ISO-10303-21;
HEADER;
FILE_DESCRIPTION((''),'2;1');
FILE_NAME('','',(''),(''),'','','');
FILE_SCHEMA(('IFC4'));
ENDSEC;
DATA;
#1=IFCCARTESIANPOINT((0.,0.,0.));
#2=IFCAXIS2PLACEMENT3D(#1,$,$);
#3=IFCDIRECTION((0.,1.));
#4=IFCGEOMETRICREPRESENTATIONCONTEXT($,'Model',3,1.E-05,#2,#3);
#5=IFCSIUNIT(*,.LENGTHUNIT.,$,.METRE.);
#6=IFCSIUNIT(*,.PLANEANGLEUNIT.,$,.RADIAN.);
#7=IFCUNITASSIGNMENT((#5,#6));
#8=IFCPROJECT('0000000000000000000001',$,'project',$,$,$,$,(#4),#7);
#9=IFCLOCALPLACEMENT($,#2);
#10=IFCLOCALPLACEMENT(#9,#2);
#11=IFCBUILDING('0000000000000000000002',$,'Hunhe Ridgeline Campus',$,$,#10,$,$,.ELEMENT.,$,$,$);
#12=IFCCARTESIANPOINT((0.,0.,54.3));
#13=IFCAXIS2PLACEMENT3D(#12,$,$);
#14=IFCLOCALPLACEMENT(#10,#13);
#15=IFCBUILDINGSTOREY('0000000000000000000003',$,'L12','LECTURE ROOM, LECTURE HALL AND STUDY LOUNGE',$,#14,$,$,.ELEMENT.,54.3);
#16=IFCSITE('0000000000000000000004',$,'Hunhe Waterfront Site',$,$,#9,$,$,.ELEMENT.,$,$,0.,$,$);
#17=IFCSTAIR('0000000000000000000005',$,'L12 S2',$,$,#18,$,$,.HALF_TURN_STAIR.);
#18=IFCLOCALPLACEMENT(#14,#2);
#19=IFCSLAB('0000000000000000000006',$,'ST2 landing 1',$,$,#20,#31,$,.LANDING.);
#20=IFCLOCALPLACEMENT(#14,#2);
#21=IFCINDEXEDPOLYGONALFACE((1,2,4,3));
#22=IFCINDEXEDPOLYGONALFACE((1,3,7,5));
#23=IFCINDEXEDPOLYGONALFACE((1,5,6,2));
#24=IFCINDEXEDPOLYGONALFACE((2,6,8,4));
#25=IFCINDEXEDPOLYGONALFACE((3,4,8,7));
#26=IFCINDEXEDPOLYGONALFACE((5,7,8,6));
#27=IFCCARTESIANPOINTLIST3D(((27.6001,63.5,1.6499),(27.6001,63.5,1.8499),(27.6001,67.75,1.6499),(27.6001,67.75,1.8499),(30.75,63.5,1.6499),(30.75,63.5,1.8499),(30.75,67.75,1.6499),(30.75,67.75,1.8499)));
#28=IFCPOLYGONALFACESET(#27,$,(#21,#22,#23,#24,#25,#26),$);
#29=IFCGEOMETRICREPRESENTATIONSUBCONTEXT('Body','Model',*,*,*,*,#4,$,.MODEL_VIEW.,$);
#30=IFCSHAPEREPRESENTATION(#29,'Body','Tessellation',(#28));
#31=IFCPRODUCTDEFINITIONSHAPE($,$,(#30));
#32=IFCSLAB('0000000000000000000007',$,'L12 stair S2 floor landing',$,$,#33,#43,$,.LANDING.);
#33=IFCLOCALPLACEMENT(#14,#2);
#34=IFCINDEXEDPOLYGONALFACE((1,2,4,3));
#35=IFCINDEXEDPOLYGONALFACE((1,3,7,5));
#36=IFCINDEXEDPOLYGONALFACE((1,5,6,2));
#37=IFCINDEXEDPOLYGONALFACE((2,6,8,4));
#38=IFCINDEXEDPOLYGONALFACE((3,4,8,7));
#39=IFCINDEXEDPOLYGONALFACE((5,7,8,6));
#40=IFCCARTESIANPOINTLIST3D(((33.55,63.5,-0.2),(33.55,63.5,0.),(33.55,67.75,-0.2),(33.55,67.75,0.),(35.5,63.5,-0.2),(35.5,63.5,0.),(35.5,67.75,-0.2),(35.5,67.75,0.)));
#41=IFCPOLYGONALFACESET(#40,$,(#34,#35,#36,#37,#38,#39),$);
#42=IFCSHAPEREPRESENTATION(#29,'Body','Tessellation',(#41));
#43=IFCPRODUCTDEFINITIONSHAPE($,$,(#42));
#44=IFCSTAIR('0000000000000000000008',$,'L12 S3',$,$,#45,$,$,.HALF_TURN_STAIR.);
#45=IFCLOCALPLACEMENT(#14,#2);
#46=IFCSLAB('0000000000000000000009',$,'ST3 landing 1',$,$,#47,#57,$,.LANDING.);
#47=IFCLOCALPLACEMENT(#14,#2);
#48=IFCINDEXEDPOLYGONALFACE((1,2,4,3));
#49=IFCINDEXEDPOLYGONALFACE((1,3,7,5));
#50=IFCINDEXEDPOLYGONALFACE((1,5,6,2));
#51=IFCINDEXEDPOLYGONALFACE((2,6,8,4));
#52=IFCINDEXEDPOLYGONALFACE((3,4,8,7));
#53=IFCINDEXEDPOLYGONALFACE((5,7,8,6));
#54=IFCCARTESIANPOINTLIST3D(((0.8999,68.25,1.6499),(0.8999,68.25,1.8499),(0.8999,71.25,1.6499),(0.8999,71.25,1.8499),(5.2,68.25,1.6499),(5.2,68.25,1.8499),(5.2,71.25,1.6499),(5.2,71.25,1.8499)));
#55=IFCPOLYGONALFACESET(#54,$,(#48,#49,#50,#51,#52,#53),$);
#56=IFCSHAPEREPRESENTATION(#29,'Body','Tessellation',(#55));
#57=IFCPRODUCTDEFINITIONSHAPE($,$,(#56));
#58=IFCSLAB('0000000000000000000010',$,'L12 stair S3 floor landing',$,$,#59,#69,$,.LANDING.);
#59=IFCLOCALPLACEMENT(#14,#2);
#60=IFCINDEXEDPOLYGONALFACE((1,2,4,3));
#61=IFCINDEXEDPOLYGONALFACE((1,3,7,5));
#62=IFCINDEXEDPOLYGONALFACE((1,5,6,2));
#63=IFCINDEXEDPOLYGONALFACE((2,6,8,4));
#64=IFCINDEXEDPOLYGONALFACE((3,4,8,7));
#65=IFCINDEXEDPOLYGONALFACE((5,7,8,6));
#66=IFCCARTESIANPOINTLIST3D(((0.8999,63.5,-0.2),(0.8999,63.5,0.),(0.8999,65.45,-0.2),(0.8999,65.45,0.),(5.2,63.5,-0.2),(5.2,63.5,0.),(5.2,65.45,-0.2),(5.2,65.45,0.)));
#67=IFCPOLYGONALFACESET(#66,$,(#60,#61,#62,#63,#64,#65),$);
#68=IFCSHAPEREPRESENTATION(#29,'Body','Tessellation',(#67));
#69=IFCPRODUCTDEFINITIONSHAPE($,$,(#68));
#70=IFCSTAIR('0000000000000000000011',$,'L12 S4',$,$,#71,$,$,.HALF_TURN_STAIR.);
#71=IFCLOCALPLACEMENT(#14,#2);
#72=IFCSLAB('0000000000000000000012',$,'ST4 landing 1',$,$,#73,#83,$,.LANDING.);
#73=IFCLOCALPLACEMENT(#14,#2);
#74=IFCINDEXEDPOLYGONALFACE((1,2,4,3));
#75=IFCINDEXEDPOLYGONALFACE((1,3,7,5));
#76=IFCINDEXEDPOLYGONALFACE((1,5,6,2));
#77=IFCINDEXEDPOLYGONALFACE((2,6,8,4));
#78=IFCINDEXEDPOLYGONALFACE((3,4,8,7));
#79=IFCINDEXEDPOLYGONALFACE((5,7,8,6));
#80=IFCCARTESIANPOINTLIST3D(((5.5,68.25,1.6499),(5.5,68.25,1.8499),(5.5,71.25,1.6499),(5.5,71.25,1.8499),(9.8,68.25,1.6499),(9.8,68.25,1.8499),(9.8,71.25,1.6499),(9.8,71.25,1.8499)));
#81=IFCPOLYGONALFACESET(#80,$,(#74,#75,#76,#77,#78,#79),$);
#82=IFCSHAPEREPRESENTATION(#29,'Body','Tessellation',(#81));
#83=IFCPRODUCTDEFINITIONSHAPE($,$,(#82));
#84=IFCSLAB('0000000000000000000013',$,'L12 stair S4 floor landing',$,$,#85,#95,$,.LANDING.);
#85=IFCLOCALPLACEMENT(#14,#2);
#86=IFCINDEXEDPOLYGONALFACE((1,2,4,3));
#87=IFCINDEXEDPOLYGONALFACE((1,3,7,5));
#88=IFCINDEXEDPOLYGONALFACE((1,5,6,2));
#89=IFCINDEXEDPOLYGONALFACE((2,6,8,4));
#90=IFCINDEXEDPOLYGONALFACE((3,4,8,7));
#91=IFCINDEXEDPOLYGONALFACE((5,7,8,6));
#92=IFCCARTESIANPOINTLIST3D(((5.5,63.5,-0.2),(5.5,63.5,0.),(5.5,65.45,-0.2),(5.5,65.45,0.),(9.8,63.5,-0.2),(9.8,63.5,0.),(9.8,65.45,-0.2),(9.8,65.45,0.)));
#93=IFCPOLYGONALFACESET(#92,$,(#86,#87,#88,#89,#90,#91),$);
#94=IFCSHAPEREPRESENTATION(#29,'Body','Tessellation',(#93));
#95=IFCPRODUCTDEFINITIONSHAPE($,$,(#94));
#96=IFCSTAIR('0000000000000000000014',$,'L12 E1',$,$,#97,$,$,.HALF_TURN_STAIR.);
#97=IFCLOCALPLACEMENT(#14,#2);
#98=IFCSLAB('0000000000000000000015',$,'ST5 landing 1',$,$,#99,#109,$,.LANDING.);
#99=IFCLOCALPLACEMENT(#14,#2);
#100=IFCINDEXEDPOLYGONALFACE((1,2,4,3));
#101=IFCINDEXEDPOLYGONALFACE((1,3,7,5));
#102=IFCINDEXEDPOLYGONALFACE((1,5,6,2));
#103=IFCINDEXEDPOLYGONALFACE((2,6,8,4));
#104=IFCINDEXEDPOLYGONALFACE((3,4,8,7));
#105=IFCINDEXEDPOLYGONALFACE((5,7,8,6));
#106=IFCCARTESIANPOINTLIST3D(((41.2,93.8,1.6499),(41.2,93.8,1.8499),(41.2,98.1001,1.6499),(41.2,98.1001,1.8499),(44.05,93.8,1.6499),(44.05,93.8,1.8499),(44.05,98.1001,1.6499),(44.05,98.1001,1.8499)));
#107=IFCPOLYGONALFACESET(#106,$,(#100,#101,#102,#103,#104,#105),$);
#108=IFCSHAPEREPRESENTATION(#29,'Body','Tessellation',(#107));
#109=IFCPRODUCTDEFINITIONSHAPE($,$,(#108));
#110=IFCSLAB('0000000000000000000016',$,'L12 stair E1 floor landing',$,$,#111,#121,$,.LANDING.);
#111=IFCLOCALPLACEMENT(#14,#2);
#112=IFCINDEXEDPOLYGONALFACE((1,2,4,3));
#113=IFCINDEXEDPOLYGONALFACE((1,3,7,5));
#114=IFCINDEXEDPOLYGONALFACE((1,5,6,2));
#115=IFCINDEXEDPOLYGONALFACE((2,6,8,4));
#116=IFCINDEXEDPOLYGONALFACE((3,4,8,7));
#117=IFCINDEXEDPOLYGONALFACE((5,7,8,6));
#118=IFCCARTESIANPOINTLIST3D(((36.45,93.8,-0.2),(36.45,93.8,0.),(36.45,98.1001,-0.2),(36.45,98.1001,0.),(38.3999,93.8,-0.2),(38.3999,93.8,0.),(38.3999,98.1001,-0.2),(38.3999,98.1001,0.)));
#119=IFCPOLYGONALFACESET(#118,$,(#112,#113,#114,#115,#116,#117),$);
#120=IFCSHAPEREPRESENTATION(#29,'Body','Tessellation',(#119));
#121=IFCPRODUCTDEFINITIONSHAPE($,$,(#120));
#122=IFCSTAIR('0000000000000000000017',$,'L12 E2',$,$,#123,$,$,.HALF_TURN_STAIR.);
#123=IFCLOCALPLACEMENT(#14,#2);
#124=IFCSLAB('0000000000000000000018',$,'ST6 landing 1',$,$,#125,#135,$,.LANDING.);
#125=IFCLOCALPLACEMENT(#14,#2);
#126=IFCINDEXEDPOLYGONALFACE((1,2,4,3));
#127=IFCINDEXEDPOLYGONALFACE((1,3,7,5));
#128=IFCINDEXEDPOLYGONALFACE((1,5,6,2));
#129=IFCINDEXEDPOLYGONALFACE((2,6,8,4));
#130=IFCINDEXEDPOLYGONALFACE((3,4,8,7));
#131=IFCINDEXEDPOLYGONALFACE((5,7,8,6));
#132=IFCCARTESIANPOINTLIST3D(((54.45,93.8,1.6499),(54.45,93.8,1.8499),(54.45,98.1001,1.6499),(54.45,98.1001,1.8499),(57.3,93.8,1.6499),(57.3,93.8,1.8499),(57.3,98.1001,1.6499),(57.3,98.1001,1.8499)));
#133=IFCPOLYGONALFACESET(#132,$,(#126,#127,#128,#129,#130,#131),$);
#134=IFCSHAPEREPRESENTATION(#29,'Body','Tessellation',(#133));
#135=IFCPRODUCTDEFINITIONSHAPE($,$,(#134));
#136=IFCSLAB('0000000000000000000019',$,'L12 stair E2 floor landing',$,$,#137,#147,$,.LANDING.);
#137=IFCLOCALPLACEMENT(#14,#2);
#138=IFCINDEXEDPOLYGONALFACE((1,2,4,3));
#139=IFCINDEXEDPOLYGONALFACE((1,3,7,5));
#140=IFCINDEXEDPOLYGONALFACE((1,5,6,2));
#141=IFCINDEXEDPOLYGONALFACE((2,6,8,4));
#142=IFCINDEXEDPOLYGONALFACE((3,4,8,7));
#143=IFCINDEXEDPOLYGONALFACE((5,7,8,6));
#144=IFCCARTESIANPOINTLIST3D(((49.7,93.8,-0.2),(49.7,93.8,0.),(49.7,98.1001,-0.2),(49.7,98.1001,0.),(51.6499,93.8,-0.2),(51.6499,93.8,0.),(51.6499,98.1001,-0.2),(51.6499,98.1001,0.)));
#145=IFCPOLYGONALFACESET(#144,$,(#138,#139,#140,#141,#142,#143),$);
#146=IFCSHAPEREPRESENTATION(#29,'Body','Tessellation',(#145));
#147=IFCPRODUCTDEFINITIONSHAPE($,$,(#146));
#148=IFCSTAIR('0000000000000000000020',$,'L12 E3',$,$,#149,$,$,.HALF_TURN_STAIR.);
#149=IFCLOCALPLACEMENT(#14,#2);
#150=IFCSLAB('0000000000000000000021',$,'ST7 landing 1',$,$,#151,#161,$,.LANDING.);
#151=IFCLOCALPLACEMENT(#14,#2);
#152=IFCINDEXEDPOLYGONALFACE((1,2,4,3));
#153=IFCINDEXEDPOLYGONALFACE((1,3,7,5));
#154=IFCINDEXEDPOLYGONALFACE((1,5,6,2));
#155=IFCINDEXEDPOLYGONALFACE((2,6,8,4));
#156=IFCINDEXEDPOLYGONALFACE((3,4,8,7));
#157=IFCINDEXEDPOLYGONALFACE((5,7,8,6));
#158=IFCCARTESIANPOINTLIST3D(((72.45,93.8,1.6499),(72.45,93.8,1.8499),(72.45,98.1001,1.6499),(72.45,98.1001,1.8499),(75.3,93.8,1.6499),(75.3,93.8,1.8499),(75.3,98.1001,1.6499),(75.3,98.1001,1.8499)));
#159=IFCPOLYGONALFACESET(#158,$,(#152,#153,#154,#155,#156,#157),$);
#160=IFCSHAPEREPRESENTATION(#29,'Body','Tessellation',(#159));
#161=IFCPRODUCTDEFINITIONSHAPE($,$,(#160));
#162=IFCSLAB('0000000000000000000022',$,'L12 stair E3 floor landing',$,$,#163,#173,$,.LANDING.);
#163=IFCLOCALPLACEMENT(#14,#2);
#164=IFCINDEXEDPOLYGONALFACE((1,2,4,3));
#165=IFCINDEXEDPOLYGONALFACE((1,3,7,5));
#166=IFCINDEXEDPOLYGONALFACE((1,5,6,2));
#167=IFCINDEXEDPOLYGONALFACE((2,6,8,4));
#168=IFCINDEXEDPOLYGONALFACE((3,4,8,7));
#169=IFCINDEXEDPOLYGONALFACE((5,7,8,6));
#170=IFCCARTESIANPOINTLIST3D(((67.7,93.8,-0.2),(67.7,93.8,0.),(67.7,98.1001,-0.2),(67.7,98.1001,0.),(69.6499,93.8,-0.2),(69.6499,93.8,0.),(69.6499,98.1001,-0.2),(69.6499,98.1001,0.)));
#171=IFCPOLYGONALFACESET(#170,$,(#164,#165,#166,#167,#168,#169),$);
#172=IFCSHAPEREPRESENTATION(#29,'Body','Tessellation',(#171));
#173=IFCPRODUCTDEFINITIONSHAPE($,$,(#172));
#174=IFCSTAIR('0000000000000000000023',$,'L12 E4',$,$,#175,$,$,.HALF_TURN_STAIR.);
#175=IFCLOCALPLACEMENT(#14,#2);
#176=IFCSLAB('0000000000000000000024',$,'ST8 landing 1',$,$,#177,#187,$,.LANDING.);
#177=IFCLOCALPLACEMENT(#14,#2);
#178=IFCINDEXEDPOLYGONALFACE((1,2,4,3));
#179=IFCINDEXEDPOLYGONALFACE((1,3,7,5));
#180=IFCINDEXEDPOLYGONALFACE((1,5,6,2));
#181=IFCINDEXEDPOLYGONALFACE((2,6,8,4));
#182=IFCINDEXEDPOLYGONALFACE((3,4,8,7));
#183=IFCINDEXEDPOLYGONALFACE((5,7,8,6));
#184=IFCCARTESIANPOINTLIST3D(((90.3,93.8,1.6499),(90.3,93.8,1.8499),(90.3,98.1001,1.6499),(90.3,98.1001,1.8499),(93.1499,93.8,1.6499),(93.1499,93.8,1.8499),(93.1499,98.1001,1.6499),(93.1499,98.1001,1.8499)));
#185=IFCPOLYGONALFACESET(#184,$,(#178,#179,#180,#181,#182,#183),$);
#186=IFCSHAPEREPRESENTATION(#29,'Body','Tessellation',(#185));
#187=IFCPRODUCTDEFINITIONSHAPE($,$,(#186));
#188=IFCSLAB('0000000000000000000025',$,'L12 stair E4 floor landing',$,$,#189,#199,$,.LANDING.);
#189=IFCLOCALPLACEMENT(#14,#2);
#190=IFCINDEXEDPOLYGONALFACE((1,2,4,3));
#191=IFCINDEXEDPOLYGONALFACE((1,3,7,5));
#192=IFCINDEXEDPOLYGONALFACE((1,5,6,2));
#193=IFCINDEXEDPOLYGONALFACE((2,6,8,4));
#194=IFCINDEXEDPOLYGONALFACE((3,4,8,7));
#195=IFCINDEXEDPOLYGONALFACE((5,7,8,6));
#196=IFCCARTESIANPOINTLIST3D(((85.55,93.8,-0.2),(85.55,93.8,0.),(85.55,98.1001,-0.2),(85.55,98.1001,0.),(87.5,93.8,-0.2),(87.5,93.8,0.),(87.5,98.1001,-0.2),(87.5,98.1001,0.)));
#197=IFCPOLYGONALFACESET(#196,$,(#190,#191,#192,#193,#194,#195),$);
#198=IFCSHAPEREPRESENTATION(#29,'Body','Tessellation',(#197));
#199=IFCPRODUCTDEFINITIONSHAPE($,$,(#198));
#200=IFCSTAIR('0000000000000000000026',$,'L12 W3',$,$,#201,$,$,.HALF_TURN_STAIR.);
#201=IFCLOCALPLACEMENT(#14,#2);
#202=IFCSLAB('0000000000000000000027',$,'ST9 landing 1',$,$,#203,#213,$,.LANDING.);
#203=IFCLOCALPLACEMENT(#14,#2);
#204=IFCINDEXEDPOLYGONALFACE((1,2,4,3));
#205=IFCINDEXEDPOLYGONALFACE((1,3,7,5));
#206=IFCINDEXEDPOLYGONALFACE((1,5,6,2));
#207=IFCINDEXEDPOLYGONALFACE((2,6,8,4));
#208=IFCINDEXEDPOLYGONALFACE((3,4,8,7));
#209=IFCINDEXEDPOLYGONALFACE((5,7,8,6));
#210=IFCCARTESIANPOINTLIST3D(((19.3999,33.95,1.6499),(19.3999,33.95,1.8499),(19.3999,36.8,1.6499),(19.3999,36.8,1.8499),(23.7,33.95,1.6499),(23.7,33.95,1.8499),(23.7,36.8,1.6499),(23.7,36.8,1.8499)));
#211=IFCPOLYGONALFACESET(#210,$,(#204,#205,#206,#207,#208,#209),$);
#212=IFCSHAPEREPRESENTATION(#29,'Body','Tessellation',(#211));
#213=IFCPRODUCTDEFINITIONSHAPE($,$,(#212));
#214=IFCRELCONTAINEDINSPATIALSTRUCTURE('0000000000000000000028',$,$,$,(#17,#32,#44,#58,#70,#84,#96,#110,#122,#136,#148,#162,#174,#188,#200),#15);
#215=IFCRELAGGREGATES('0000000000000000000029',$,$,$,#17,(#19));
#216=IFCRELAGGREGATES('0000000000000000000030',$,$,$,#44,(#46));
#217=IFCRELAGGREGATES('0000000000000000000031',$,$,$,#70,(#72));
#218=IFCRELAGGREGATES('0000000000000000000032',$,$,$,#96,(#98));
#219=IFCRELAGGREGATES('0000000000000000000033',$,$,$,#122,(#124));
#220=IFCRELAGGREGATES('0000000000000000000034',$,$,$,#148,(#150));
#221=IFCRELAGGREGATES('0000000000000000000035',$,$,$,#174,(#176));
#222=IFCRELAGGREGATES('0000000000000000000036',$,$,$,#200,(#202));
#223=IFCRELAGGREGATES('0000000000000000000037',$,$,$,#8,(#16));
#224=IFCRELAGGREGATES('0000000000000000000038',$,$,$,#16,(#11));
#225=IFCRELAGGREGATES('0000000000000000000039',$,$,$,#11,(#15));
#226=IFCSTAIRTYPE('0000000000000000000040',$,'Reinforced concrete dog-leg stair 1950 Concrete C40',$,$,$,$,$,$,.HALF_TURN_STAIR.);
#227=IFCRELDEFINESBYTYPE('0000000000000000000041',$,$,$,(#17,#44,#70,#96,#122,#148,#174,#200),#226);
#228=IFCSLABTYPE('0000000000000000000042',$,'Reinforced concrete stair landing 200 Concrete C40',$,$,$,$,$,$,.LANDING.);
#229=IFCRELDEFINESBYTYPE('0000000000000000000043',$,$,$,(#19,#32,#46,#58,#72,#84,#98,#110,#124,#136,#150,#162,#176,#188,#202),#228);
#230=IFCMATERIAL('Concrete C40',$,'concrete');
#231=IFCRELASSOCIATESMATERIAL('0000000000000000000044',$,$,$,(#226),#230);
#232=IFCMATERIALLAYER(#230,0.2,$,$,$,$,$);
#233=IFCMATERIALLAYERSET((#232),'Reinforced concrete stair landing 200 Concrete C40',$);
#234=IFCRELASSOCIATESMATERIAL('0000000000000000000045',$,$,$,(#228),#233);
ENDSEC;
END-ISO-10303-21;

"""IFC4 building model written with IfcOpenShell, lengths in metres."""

from ifc_helpers import new_model, si_unit, direction, frame, origin, place, context, subcontext, project, spatial, polyline, outline, extrude, material, layer, layer_set, type_object, element, aggregate, save


model = new_model("IFC4")

# Units and contexts
model_context = context("Model", 3, precision=1e-05, world=origin(), true_north=direction((0.0, 1.0)))
body_context = subcontext(model_context, "Body", "Model", "MODEL_VIEW")
ifc_project = project(units=[si_unit("LENGTHUNIT", "METRE"), si_unit("PLANEANGLEUNIT", "RADIAN")], contexts=[model_context])

# Site, building, storey
site_placement = place(None, origin())
site = spatial("IfcSite", under=ifc_project, at=site_placement, Name="Hunhe Waterfront Site", CompositionType="ELEMENT", RefElevation=0.0)
building_placement = place(site_placement, origin())
building = spatial("IfcBuilding", under=site, at=building_placement, Name="Hunhe Ridgeline Campus", CompositionType="ELEMENT")
storey_placement = place(building_placement, frame((0.0, 0.0, 54.3)))
storey = spatial("IfcBuildingStorey", under=building, at=storey_placement, Name="L12", Description="LECTURE ROOM, LECTURE HALL AND STUDY LOUNGE", CompositionType="ELEMENT", Elevation=54.3)

# Shared definitions
ifc_material_1 = material(Name="Concrete C40", Category="concrete")

# Shared definitions
stair_type = type_object("IfcStairType", Name="Reinforced concrete dog-leg stair 1950 Concrete C40", PredefinedType="HALF_TURN_STAIR", material=ifc_material_1)
ifc_layer_1 = layer(ifc_material_1, 0.2)
ifc_layer_set_1 = layer_set([ifc_layer_1], Name="Reinforced concrete stair landing 200 Concrete C40")
slab_type_1 = type_object("IfcSlabType", Name="Reinforced concrete stair landing 200 Concrete C40", PredefinedType="LANDING", material=ifc_layer_set_1)

# Stair, slab
stair_1_placement = place(storey_placement, origin())
stair_1 = element("IfcStair", 1, at=stair_1_placement, inside=storey, type_object=stair_type, Name="L12 S2", PredefinedType="HALF_TURN_STAIR")
slab_1_placement = place(storey_placement, frame((0.0, 0.0, 1.6499)))
slab_1 = element("IfcSlab", 2, at=slab_1_placement, type_object=slab_type_1, Name="ST2 landing 1", PredefinedType="LANDING", context=body_context, shape_type="SweptSolid", body=[
    extrude(outline(polyline([(30.75, 67.75), (27.6001, 67.75), (27.6001, 63.5), (30.75, 63.5), (30.75, 67.75)])), origin(), (0.0, 0.0, 1.0), 0.2),
])
aggregate(stair_1, [slab_1])

# Slab
slab_2_placement = place(storey_placement, frame((0.0, 0.0, -0.2)))
element("IfcSlab", 3, at=slab_2_placement, inside=storey, type_object=slab_type_1, Name="L12 stair S2 floor landing", PredefinedType="LANDING", context=body_context, shape_type="SweptSolid", body=[
    extrude(outline(polyline([(35.5, 67.75), (33.55, 67.75), (33.55, 63.5), (35.5, 63.5), (35.5, 67.75)])), origin(), (0.0, 0.0, 1.0), 0.2),
])

# Stair, slab
stair_2_placement = place(storey_placement, origin())
stair_2 = element("IfcStair", 4, at=stair_2_placement, inside=storey, type_object=stair_type, Name="L12 S3", PredefinedType="HALF_TURN_STAIR")
slab_3_placement = place(storey_placement, frame((0.0, 0.0, 1.6499)))
slab_3 = element("IfcSlab", 5, at=slab_3_placement, type_object=slab_type_1, Name="ST3 landing 1", PredefinedType="LANDING", context=body_context, shape_type="SweptSolid", body=[
    extrude(outline(polyline([(5.2, 68.25), (5.2, 71.25), (0.8999, 71.25), (0.8999, 68.25), (5.2, 68.25)])), origin(), (0.0, 0.0, 1.0), 0.2),
])
aggregate(stair_2, [slab_3])

# Slab
slab_4_placement = place(storey_placement, frame((0.0, 0.0, -0.2)))
element("IfcSlab", 6, at=slab_4_placement, inside=storey, type_object=slab_type_1, Name="L12 stair S3 floor landing", PredefinedType="LANDING", context=body_context, shape_type="SweptSolid", body=[
    extrude(outline(polyline([(5.2, 63.5), (5.2, 65.45), (0.8999, 65.45), (0.8999, 63.5), (5.2, 63.5)])), origin(), (0.0, 0.0, 1.0), 0.2),
])

# Stair, slab
stair_3_placement = place(storey_placement, origin())
stair_3 = element("IfcStair", 7, at=stair_3_placement, inside=storey, type_object=stair_type, Name="L12 S4", PredefinedType="HALF_TURN_STAIR")
slab_5_placement = place(storey_placement, frame((0.0, 0.0, 1.6499)))
slab_5 = element("IfcSlab", 8, at=slab_5_placement, type_object=slab_type_1, Name="ST4 landing 1", PredefinedType="LANDING", context=body_context, shape_type="SweptSolid", body=[
    extrude(outline(polyline([(9.8, 68.25), (9.8, 71.25), (5.5, 71.25), (5.5, 68.25), (9.8, 68.25)])), origin(), (0.0, 0.0, 1.0), 0.2),
])
aggregate(stair_3, [slab_5])

# Slab
slab_6_placement = place(storey_placement, frame((0.0, 0.0, -0.2)))
element("IfcSlab", 9, at=slab_6_placement, inside=storey, type_object=slab_type_1, Name="L12 stair S4 floor landing", PredefinedType="LANDING", context=body_context, shape_type="SweptSolid", body=[
    extrude(outline(polyline([(9.8, 63.5), (9.8, 65.45), (5.5, 65.45), (5.5, 63.5), (9.8, 63.5)])), origin(), (0.0, 0.0, 1.0), 0.2),
])

# Stair, slab
stair_4_placement = place(storey_placement, origin())
stair_4 = element("IfcStair", 10, at=stair_4_placement, inside=storey, type_object=stair_type, Name="L12 E1", PredefinedType="HALF_TURN_STAIR")
slab_7_placement = place(storey_placement, frame((0.0, 0.0, 1.6499)))
slab_7 = element("IfcSlab", 11, at=slab_7_placement, type_object=slab_type_1, Name="ST5 landing 1", PredefinedType="LANDING", context=body_context, shape_type="SweptSolid", body=[
    extrude(outline(polyline([(41.2, 93.8), (44.05, 93.8), (44.05, 98.1001), (41.2, 98.1001), (41.2, 93.8)])), origin(), (0.0, 0.0, 1.0), 0.2),
])
aggregate(stair_4, [slab_7])

# Slab
slab_8_placement = place(storey_placement, frame((0.0, 0.0, -0.2)))
element("IfcSlab", 12, at=slab_8_placement, inside=storey, type_object=slab_type_1, Name="L12 stair E1 floor landing", PredefinedType="LANDING", context=body_context, shape_type="SweptSolid", body=[
    extrude(outline(polyline([(36.45, 93.8), (38.3999, 93.8), (38.3999, 98.1001), (36.45, 98.1001), (36.45, 93.8)])), origin(), (0.0, 0.0, 1.0), 0.2),
])

# Stair, slab
stair_5_placement = place(storey_placement, origin())
stair_5 = element("IfcStair", 13, at=stair_5_placement, inside=storey, type_object=stair_type, Name="L12 E2", PredefinedType="HALF_TURN_STAIR")
slab_9_placement = place(storey_placement, frame((0.0, 0.0, 1.6499)))
slab_9 = element("IfcSlab", 14, at=slab_9_placement, type_object=slab_type_1, Name="ST6 landing 1", PredefinedType="LANDING", context=body_context, shape_type="SweptSolid", body=[
    extrude(outline(polyline([(54.45, 93.8), (57.3, 93.8), (57.3, 98.1001), (54.45, 98.1001), (54.45, 93.8)])), origin(), (0.0, 0.0, 1.0), 0.2),
])
aggregate(stair_5, [slab_9])

# Slab
slab_10_placement = place(storey_placement, frame((0.0, 0.0, -0.2)))
element("IfcSlab", 15, at=slab_10_placement, inside=storey, type_object=slab_type_1, Name="L12 stair E2 floor landing", PredefinedType="LANDING", context=body_context, shape_type="SweptSolid", body=[
    extrude(outline(polyline([(49.7, 93.8), (51.6499, 93.8), (51.6499, 98.1001), (49.7, 98.1001), (49.7, 93.8)])), origin(), (0.0, 0.0, 1.0), 0.2),
])

# Stair, slab
stair_6_placement = place(storey_placement, origin())
stair_6 = element("IfcStair", 16, at=stair_6_placement, inside=storey, type_object=stair_type, Name="L12 E3", PredefinedType="HALF_TURN_STAIR")
slab_11_placement = place(storey_placement, frame((0.0, 0.0, 1.6499)))
slab_11 = element("IfcSlab", 17, at=slab_11_placement, type_object=slab_type_1, Name="ST7 landing 1", PredefinedType="LANDING", context=body_context, shape_type="SweptSolid", body=[
    extrude(outline(polyline([(72.45, 93.8), (75.3, 93.8), (75.3, 98.1001), (72.45, 98.1001), (72.45, 93.8)])), origin(), (0.0, 0.0, 1.0), 0.2),
])
aggregate(stair_6, [slab_11])

# Slab
slab_12_placement = place(storey_placement, frame((0.0, 0.0, -0.2)))
element("IfcSlab", 18, at=slab_12_placement, inside=storey, type_object=slab_type_1, Name="L12 stair E3 floor landing", PredefinedType="LANDING", context=body_context, shape_type="SweptSolid", body=[
    extrude(outline(polyline([(67.7, 93.8), (69.6499, 93.8), (69.6499, 98.1001), (67.7, 98.1001), (67.7, 93.8)])), origin(), (0.0, 0.0, 1.0), 0.2),
])

# Stair, slab
stair_7_placement = place(storey_placement, origin())
stair_7 = element("IfcStair", 19, at=stair_7_placement, inside=storey, type_object=stair_type, Name="L12 E4", PredefinedType="HALF_TURN_STAIR")
slab_13_placement = place(storey_placement, frame((0.0, 0.0, 1.6499)))
slab_13 = element("IfcSlab", 20, at=slab_13_placement, type_object=slab_type_1, Name="ST8 landing 1", PredefinedType="LANDING", context=body_context, shape_type="SweptSolid", body=[
    extrude(outline(polyline([(90.3, 93.8), (93.1499, 93.8), (93.1499, 98.1001), (90.3, 98.1001), (90.3, 93.8)])), origin(), (0.0, 0.0, 1.0), 0.2),
])
aggregate(stair_7, [slab_13])

# Slab
slab_14_placement = place(storey_placement, frame((0.0, 0.0, -0.2)))
element("IfcSlab", 21, at=slab_14_placement, inside=storey, type_object=slab_type_1, Name="L12 stair E4 floor landing", PredefinedType="LANDING", context=body_context, shape_type="SweptSolid", body=[
    extrude(outline(polyline([(85.55, 93.8), (87.5, 93.8), (87.5, 98.1001), (85.55, 98.1001), (85.55, 93.8)])), origin(), (0.0, 0.0, 1.0), 0.2),
])

# Stair, slab
stair_8_placement = place(storey_placement, origin())
stair_8 = element("IfcStair", 22, at=stair_8_placement, inside=storey, type_object=stair_type, Name="L12 W3", PredefinedType="HALF_TURN_STAIR")
slab_15_placement = place(storey_placement, frame((0.0, 0.0, 1.6499)))
slab_15 = element("IfcSlab", 23, at=slab_15_placement, type_object=slab_type_1, Name="ST9 landing 1", PredefinedType="LANDING", context=body_context, shape_type="SweptSolid", body=[
    extrude(outline(polyline([(23.7, 33.95), (23.7, 36.8), (19.3999, 36.8), (19.3999, 33.95), (23.7, 33.95)])), origin(), (0.0, 0.0, 1.0), 0.2),
])
aggregate(stair_8, [slab_15])

save(model, "model.ifc")
